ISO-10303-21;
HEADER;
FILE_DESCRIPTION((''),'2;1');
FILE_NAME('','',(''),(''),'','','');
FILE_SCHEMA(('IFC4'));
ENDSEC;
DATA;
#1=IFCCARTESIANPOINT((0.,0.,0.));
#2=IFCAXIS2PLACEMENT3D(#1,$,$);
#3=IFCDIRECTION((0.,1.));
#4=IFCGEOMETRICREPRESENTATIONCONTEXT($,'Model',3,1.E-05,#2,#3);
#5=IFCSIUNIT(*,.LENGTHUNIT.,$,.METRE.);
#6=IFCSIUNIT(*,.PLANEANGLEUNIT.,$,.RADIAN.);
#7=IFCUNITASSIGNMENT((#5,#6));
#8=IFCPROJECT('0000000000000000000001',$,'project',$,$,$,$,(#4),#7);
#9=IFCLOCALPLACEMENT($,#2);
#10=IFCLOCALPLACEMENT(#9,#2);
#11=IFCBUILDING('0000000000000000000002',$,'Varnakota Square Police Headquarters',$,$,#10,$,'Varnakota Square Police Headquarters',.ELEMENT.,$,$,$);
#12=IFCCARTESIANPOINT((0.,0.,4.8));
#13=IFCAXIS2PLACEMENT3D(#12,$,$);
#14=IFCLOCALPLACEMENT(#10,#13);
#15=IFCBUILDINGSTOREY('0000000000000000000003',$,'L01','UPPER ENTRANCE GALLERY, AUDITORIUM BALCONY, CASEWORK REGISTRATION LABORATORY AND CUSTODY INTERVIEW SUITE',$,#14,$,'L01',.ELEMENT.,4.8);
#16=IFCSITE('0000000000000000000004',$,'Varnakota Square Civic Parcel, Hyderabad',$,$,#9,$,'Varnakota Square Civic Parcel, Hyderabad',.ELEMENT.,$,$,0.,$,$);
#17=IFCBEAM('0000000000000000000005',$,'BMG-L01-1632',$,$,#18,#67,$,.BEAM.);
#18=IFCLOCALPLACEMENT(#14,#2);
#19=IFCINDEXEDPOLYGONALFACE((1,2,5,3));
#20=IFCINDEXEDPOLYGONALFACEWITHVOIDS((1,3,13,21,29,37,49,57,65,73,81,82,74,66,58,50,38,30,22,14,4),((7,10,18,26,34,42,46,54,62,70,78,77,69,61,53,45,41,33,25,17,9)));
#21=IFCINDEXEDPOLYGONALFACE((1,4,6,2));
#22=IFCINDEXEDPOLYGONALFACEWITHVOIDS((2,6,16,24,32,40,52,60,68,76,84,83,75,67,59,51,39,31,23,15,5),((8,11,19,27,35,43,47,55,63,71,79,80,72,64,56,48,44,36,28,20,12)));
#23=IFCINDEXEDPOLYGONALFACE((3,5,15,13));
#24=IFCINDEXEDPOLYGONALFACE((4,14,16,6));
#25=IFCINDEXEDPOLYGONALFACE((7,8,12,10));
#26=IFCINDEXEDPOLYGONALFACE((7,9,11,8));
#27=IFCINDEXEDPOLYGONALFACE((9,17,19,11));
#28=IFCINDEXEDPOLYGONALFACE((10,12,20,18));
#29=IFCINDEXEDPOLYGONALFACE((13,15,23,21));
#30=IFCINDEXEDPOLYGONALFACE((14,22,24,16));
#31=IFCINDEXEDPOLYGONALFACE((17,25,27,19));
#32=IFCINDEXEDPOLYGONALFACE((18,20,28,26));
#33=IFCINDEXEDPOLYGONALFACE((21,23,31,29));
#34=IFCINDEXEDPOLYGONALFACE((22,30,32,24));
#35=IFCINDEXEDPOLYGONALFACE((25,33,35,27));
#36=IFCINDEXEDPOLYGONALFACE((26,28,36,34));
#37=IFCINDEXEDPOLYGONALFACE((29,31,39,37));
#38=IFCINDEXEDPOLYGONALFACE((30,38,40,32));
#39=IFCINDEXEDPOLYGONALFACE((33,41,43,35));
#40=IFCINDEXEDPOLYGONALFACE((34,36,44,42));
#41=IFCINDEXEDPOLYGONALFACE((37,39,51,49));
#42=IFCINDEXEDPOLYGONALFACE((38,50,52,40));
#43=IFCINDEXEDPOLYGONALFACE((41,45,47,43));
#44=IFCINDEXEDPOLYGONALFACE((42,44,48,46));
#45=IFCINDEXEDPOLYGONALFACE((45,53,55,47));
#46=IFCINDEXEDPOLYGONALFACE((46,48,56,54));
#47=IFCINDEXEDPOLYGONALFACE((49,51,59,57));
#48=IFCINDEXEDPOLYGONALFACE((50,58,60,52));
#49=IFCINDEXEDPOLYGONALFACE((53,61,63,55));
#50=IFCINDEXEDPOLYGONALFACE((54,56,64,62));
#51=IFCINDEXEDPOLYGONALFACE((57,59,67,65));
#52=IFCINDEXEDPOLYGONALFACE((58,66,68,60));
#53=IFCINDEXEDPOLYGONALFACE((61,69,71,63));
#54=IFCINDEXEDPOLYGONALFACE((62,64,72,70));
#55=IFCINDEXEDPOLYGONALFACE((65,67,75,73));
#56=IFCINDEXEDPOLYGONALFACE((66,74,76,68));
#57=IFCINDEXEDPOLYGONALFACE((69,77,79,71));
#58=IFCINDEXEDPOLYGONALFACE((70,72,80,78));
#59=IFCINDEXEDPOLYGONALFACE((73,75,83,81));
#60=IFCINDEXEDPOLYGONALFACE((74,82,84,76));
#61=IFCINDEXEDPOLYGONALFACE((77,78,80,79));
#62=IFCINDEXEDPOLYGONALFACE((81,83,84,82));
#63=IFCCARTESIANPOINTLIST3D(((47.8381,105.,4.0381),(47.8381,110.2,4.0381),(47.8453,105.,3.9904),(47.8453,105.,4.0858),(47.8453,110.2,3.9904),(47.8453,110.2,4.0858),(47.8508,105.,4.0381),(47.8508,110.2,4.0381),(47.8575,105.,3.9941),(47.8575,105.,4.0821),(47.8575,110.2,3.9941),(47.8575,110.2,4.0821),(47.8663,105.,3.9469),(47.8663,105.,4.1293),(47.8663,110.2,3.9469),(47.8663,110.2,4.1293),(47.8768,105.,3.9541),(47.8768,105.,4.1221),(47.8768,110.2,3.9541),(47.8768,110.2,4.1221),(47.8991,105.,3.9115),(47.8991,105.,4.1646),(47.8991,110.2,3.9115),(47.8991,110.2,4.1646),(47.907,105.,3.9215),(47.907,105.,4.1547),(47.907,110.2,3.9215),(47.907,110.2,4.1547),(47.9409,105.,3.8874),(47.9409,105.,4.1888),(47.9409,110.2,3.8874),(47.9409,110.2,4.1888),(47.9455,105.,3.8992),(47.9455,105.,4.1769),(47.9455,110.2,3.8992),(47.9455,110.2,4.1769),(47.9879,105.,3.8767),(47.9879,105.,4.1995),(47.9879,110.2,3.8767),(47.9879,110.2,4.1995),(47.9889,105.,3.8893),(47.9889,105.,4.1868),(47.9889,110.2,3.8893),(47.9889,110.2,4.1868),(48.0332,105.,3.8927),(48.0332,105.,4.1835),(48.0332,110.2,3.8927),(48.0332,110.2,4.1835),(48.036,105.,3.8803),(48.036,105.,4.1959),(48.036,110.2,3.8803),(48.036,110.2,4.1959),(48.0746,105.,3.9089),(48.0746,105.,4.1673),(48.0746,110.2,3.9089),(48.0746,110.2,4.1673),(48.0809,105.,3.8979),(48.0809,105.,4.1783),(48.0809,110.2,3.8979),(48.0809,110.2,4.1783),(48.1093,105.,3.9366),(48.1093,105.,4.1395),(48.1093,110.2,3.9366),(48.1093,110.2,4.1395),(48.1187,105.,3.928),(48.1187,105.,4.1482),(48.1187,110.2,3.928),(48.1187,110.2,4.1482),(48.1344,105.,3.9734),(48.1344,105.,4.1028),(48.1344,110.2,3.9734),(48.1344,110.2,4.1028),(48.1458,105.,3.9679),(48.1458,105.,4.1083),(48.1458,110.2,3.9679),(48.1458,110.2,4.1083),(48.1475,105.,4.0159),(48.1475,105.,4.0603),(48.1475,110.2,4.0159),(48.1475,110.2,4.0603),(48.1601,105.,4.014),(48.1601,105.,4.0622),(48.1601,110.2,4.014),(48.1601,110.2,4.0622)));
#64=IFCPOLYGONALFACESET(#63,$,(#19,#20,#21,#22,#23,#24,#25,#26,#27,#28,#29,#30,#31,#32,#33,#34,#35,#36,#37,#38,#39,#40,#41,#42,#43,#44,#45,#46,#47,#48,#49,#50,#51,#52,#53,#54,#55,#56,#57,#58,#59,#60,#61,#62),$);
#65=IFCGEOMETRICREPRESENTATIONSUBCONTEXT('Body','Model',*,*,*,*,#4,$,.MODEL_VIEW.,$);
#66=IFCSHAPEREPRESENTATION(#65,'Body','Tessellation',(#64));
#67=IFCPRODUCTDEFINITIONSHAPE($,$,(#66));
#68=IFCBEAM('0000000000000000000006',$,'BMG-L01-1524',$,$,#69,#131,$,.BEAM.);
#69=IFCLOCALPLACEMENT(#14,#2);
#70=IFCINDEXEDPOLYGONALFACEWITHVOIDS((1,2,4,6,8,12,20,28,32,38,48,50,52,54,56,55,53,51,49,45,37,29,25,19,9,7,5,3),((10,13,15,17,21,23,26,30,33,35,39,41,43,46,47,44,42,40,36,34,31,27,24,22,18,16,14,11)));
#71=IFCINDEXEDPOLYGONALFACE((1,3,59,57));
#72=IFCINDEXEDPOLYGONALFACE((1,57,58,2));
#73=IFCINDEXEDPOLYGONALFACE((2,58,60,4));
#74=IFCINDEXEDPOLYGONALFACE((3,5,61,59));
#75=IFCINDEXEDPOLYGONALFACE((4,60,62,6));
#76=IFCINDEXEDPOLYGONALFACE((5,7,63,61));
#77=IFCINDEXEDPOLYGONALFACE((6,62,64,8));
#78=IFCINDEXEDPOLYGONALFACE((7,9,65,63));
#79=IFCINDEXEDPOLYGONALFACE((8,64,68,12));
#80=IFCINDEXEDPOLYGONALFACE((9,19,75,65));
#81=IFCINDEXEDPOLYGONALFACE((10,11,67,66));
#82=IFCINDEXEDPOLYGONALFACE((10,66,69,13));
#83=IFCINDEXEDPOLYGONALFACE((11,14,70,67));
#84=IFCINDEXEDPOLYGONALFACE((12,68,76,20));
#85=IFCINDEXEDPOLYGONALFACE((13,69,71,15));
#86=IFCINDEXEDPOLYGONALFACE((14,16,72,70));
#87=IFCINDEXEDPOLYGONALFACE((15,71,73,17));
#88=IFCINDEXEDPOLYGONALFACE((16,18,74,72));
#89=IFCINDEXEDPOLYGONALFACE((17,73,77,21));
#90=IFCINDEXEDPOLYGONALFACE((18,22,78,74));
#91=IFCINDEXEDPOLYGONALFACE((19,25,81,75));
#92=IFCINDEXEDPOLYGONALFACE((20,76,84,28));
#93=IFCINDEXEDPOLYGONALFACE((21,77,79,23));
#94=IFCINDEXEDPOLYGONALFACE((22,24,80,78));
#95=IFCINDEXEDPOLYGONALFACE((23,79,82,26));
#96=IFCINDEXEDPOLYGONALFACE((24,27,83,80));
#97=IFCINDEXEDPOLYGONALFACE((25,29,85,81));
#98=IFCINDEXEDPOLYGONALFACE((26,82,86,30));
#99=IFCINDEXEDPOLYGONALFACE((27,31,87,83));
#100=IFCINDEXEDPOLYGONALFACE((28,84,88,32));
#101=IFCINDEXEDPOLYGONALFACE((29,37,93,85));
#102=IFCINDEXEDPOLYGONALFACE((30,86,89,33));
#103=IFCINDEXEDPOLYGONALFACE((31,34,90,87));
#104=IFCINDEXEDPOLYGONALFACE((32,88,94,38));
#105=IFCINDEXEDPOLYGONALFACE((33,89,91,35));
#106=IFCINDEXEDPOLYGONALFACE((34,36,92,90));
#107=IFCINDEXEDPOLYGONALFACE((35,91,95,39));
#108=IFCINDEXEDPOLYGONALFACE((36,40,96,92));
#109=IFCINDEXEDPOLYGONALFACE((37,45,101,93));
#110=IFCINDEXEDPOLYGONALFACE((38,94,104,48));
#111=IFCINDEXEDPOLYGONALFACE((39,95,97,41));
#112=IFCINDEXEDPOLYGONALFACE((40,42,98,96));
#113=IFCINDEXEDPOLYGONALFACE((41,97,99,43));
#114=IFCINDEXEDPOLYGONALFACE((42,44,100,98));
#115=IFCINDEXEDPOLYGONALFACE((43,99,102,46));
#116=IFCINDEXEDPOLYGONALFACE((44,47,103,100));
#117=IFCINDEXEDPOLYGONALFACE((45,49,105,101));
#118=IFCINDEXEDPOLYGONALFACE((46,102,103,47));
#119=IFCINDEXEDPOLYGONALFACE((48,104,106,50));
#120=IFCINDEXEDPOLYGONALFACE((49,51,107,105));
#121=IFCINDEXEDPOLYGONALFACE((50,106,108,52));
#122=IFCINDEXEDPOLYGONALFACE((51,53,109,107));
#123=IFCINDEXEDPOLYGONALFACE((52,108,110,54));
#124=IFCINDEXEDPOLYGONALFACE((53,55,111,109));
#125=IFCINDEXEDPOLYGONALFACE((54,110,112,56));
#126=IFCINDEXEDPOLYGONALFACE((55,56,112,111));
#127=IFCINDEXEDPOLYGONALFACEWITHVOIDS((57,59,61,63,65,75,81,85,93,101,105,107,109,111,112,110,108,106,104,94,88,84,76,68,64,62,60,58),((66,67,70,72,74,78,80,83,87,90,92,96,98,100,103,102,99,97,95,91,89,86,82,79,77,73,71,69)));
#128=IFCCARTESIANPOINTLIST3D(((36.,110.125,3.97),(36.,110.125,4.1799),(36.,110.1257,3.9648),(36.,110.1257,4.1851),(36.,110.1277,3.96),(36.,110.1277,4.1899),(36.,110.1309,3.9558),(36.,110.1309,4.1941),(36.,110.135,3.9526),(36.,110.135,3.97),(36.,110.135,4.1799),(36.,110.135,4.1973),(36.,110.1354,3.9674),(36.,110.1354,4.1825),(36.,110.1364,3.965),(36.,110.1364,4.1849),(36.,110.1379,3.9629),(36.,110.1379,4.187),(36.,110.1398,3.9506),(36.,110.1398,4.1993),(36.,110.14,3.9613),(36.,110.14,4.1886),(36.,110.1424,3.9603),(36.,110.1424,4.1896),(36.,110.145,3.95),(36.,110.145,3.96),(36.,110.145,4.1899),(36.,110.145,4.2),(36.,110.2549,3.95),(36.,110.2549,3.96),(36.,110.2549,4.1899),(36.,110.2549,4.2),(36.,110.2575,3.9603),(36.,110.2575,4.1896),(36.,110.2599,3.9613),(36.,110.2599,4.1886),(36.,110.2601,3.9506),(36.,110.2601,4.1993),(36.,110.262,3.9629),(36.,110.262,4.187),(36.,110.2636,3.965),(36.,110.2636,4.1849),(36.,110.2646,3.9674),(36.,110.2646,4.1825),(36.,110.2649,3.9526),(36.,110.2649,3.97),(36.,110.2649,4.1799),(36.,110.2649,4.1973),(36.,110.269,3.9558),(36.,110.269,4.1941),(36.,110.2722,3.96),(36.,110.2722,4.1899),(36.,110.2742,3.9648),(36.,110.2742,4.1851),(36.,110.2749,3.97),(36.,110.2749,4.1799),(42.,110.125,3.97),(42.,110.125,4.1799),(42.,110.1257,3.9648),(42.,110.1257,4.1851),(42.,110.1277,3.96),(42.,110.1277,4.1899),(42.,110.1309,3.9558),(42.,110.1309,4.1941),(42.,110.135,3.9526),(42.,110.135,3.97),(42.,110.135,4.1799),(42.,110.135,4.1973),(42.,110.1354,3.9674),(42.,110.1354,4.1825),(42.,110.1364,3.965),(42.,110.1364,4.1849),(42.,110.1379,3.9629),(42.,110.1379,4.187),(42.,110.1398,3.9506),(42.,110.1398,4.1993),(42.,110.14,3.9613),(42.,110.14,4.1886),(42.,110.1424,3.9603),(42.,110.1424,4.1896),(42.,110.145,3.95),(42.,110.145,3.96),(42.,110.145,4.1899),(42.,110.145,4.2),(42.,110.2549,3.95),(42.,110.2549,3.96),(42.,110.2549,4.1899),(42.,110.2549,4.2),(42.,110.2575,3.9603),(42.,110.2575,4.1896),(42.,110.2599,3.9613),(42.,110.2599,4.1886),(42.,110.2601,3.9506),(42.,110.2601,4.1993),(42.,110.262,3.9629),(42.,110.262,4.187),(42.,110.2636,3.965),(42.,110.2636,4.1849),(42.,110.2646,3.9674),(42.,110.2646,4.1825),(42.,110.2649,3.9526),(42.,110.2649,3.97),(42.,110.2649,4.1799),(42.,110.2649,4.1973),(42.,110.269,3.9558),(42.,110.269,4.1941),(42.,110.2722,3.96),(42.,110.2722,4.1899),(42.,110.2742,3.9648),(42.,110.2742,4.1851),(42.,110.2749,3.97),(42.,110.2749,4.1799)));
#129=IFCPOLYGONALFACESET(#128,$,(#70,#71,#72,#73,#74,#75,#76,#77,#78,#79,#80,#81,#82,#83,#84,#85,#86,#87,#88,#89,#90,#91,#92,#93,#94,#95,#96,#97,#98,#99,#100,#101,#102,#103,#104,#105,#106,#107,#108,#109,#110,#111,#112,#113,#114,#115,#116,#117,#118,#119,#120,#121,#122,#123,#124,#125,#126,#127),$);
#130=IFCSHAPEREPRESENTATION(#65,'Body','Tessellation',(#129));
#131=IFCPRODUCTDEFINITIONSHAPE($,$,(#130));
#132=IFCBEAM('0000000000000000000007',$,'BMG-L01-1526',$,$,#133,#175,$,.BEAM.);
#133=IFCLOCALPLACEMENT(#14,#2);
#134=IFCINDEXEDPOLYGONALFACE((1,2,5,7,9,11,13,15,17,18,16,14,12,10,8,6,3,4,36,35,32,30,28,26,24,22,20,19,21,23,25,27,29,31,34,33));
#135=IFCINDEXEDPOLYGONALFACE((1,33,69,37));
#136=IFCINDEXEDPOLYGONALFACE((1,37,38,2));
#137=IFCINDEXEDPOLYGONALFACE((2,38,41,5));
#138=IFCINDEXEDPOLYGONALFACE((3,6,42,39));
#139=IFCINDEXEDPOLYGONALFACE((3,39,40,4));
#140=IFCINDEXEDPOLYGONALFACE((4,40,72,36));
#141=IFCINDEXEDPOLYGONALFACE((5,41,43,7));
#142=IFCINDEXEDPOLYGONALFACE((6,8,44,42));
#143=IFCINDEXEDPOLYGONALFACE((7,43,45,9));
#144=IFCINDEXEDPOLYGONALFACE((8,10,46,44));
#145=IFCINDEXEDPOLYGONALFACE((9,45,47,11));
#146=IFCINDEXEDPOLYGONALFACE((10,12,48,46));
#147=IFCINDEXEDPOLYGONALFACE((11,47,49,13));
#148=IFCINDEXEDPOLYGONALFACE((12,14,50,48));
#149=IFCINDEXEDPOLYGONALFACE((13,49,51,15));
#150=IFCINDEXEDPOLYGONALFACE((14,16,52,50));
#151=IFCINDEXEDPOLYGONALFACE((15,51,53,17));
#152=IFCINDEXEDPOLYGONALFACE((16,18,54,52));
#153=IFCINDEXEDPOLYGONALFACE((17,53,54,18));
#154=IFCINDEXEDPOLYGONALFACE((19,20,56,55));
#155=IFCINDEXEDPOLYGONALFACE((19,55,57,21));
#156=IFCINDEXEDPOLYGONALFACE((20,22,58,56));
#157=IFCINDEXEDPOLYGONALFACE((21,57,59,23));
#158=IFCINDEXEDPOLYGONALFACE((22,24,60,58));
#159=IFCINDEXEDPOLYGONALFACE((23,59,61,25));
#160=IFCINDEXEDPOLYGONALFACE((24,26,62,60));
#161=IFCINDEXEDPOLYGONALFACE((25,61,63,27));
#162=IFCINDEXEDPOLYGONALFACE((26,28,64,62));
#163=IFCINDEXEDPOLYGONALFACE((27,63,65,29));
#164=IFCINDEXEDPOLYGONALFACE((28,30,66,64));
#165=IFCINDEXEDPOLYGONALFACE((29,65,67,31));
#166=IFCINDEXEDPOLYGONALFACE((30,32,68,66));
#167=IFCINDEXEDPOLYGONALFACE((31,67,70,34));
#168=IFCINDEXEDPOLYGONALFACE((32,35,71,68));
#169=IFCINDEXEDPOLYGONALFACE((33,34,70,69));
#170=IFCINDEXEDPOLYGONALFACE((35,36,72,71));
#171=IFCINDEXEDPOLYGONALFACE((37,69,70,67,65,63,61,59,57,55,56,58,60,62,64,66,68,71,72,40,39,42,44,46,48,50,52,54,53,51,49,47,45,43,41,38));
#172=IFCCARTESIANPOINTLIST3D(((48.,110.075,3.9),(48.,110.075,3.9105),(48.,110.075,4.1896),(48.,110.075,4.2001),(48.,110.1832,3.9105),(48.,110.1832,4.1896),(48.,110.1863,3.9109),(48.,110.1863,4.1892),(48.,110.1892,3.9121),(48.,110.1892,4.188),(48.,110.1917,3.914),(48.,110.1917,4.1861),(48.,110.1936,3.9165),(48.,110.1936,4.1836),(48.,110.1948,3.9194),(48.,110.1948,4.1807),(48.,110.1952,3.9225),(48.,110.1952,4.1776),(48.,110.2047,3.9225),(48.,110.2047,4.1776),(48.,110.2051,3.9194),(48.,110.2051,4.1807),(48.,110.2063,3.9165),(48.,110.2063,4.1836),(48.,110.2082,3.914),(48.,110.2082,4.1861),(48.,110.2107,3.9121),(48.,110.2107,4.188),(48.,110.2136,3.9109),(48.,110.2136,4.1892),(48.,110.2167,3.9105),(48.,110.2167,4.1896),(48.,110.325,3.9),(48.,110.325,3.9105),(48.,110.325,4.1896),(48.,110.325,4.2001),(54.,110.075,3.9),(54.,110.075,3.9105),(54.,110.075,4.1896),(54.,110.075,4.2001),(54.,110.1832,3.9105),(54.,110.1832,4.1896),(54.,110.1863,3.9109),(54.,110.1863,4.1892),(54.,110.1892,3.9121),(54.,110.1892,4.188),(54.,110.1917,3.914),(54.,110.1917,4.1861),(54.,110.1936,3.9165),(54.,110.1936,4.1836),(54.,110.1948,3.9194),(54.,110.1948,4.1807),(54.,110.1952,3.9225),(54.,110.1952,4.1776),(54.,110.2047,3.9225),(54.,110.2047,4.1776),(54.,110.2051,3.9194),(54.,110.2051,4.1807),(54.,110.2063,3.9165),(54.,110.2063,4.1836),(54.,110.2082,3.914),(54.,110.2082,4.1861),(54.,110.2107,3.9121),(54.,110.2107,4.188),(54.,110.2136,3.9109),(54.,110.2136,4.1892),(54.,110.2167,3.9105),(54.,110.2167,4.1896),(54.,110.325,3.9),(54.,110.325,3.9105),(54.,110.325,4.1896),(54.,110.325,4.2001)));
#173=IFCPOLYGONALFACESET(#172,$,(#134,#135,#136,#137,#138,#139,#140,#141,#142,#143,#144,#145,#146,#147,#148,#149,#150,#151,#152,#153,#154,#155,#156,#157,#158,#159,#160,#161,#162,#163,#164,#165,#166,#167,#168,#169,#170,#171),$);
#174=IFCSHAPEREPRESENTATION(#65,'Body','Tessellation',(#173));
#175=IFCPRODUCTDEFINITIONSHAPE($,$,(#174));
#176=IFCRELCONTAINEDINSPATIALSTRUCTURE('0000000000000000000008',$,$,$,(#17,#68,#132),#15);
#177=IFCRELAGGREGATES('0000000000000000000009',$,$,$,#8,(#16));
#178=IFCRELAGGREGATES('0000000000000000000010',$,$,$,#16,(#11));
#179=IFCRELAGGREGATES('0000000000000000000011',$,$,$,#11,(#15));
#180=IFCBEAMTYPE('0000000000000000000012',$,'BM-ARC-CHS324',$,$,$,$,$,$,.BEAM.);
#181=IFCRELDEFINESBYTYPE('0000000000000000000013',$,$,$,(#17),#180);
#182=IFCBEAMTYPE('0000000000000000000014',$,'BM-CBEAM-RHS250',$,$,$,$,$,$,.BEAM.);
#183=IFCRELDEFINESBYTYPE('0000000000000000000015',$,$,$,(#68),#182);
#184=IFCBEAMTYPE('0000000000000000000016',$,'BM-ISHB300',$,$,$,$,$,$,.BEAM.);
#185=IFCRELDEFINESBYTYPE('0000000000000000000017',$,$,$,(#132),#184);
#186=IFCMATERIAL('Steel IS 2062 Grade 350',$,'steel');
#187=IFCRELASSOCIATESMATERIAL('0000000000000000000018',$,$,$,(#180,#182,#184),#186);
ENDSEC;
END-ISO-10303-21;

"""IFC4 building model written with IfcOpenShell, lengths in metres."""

from ifc_helpers import new_model, si_unit, direction, frame, origin, origin_2d, place, context, subcontext, project, spatial, hollow_rectangle, hollow_circle, i_section, extrude, material, material_profile, profile_set, type_object, element, save


model = new_model("IFC4")

# Units and contexts
model_context = context("Model", 3, precision=1e-05, world=origin(), true_north=direction((0.0, 1.0)))
body_context = subcontext(model_context, "Body", "Model", "MODEL_VIEW")
ifc_project = project(units=[si_unit("LENGTHUNIT", "METRE"), si_unit("PLANEANGLEUNIT", "RADIAN")], contexts=[model_context])

# Site, building, storey
site_placement = place(None, origin())
site = spatial("IfcSite", under=ifc_project, at=site_placement, Name="Varnakota Square Civic Parcel, Hyderabad", LongName="Varnakota Square Civic Parcel, Hyderabad", CompositionType="ELEMENT", RefElevation=0.0)
building_placement = place(site_placement, origin())
building = spatial("IfcBuilding", under=site, at=building_placement, Name="Varnakota Square Police Headquarters", LongName="Varnakota Square Police Headquarters", CompositionType="ELEMENT")
storey_placement = place(building_placement, frame((0.0, 0.0, 4.8)))
storey = spatial("IfcBuildingStorey", under=building, at=storey_placement, Name="L01", Description="UPPER ENTRANCE GALLERY, AUDITORIUM BALCONY, CASEWORK REGISTRATION LABORATORY AND CUSTODY INTERVIEW SUITE", LongName="L01", CompositionType="ELEMENT", Elevation=4.8)

# Shared definitions
ifc_material_1 = material(Name="Steel IS 2062 Grade 350", Category="steel")

# Beams
ifc_material_profile_1 = material_profile(ifc_material_1, hollow_circle(Radius=0.1619, WallThickness=0.0127, at=origin_2d()), Name="CHS 323.9x12.7")
ifc_profile_set_1 = profile_set([ifc_material_profile_1], Name="Steel IS 2062 Grade 350")
beam_type_1 = type_object("IfcBeamType", Name="BM-ARC-CHS324", PredefinedType="BEAM", material=ifc_profile_set_1)
for number, where, z_axis, x_axis, name in (
    (1, (48.0, 105.0, 4.0381), (0.0, 1.0, 0.0), (-1.0, 0.0, 0.0), "BMG-L01-1632"),
):
    element("IfcBeam", number, at=place(storey_placement, frame(where, z_axis=z_axis, x_axis=x_axis)), inside=storey, type_object=beam_type_1, Name=name, PredefinedType="BEAM", context=body_context, shape_type="SweptSolid", body=[
        extrude(hollow_circle(Radius=0.1619, WallThickness=0.0127, at=origin_2d()), origin(), (0.0, 0.0, 1.0), 5.2),
    ])
ifc_material_profile_2 = material_profile(ifc_material_1, hollow_rectangle(XDim=0.1499, YDim=0.25, WallThickness=0.01, InnerFilletRadius=0.01, OuterFilletRadius=0.02, at=origin_2d()), Name="RHS 250x150x10")
ifc_profile_set_2 = profile_set([ifc_material_profile_2], Name="Steel IS 2062 Grade 350")
beam_type_2 = type_object("IfcBeamType", Name="BM-CBEAM-RHS250", PredefinedType="BEAM", material=ifc_profile_set_2)
beam_1_placement = place(storey_placement, frame((36.0, 110.2, 4.075), z_axis=(1.0, 0.0, 0.0), x_axis=(0.0, 1.0, 0.0)))
element("IfcBeam", 2, at=beam_1_placement, inside=storey, type_object=beam_type_2, Name="BMG-L01-1524", PredefinedType="BEAM", context=body_context, shape_type="SweptSolid", body=[
    extrude(hollow_rectangle(XDim=0.1499, YDim=0.25, WallThickness=0.01, InnerFilletRadius=0.01, OuterFilletRadius=0.02, at=origin_2d()), origin(), (0.0, 0.0, 1.0), 6.0),
])
ifc_material_profile_3 = material_profile(ifc_material_1, i_section(OverallWidth=0.25, OverallDepth=0.3, WebThickness=0.0095, FlangeThickness=0.0105, FilletRadius=0.012, at=origin_2d()), Name="ISHB 300")
ifc_profile_set_3 = profile_set([ifc_material_profile_3], Name="Steel IS 2062 Grade 350")
beam_type_3 = type_object("IfcBeamType", Name="BM-ISHB300", PredefinedType="BEAM", material=ifc_profile_set_3)
beam_2_placement = place(storey_placement, frame((48.0, 110.2, 4.05), z_axis=(1.0, 0.0, 0.0), x_axis=(0.0, 1.0, 0.0)))
element("IfcBeam", 3, at=beam_2_placement, inside=storey, type_object=beam_type_3, Name="BMG-L01-1526", PredefinedType="BEAM", context=body_context, shape_type="SweptSolid", body=[
    extrude(i_section(OverallWidth=0.25, OverallDepth=0.3, WebThickness=0.0095, FlangeThickness=0.0105, FilletRadius=0.012, at=origin_2d()), origin(), (0.0, 0.0, 1.0), 6.0),
])

save(model, "model.ifc")
